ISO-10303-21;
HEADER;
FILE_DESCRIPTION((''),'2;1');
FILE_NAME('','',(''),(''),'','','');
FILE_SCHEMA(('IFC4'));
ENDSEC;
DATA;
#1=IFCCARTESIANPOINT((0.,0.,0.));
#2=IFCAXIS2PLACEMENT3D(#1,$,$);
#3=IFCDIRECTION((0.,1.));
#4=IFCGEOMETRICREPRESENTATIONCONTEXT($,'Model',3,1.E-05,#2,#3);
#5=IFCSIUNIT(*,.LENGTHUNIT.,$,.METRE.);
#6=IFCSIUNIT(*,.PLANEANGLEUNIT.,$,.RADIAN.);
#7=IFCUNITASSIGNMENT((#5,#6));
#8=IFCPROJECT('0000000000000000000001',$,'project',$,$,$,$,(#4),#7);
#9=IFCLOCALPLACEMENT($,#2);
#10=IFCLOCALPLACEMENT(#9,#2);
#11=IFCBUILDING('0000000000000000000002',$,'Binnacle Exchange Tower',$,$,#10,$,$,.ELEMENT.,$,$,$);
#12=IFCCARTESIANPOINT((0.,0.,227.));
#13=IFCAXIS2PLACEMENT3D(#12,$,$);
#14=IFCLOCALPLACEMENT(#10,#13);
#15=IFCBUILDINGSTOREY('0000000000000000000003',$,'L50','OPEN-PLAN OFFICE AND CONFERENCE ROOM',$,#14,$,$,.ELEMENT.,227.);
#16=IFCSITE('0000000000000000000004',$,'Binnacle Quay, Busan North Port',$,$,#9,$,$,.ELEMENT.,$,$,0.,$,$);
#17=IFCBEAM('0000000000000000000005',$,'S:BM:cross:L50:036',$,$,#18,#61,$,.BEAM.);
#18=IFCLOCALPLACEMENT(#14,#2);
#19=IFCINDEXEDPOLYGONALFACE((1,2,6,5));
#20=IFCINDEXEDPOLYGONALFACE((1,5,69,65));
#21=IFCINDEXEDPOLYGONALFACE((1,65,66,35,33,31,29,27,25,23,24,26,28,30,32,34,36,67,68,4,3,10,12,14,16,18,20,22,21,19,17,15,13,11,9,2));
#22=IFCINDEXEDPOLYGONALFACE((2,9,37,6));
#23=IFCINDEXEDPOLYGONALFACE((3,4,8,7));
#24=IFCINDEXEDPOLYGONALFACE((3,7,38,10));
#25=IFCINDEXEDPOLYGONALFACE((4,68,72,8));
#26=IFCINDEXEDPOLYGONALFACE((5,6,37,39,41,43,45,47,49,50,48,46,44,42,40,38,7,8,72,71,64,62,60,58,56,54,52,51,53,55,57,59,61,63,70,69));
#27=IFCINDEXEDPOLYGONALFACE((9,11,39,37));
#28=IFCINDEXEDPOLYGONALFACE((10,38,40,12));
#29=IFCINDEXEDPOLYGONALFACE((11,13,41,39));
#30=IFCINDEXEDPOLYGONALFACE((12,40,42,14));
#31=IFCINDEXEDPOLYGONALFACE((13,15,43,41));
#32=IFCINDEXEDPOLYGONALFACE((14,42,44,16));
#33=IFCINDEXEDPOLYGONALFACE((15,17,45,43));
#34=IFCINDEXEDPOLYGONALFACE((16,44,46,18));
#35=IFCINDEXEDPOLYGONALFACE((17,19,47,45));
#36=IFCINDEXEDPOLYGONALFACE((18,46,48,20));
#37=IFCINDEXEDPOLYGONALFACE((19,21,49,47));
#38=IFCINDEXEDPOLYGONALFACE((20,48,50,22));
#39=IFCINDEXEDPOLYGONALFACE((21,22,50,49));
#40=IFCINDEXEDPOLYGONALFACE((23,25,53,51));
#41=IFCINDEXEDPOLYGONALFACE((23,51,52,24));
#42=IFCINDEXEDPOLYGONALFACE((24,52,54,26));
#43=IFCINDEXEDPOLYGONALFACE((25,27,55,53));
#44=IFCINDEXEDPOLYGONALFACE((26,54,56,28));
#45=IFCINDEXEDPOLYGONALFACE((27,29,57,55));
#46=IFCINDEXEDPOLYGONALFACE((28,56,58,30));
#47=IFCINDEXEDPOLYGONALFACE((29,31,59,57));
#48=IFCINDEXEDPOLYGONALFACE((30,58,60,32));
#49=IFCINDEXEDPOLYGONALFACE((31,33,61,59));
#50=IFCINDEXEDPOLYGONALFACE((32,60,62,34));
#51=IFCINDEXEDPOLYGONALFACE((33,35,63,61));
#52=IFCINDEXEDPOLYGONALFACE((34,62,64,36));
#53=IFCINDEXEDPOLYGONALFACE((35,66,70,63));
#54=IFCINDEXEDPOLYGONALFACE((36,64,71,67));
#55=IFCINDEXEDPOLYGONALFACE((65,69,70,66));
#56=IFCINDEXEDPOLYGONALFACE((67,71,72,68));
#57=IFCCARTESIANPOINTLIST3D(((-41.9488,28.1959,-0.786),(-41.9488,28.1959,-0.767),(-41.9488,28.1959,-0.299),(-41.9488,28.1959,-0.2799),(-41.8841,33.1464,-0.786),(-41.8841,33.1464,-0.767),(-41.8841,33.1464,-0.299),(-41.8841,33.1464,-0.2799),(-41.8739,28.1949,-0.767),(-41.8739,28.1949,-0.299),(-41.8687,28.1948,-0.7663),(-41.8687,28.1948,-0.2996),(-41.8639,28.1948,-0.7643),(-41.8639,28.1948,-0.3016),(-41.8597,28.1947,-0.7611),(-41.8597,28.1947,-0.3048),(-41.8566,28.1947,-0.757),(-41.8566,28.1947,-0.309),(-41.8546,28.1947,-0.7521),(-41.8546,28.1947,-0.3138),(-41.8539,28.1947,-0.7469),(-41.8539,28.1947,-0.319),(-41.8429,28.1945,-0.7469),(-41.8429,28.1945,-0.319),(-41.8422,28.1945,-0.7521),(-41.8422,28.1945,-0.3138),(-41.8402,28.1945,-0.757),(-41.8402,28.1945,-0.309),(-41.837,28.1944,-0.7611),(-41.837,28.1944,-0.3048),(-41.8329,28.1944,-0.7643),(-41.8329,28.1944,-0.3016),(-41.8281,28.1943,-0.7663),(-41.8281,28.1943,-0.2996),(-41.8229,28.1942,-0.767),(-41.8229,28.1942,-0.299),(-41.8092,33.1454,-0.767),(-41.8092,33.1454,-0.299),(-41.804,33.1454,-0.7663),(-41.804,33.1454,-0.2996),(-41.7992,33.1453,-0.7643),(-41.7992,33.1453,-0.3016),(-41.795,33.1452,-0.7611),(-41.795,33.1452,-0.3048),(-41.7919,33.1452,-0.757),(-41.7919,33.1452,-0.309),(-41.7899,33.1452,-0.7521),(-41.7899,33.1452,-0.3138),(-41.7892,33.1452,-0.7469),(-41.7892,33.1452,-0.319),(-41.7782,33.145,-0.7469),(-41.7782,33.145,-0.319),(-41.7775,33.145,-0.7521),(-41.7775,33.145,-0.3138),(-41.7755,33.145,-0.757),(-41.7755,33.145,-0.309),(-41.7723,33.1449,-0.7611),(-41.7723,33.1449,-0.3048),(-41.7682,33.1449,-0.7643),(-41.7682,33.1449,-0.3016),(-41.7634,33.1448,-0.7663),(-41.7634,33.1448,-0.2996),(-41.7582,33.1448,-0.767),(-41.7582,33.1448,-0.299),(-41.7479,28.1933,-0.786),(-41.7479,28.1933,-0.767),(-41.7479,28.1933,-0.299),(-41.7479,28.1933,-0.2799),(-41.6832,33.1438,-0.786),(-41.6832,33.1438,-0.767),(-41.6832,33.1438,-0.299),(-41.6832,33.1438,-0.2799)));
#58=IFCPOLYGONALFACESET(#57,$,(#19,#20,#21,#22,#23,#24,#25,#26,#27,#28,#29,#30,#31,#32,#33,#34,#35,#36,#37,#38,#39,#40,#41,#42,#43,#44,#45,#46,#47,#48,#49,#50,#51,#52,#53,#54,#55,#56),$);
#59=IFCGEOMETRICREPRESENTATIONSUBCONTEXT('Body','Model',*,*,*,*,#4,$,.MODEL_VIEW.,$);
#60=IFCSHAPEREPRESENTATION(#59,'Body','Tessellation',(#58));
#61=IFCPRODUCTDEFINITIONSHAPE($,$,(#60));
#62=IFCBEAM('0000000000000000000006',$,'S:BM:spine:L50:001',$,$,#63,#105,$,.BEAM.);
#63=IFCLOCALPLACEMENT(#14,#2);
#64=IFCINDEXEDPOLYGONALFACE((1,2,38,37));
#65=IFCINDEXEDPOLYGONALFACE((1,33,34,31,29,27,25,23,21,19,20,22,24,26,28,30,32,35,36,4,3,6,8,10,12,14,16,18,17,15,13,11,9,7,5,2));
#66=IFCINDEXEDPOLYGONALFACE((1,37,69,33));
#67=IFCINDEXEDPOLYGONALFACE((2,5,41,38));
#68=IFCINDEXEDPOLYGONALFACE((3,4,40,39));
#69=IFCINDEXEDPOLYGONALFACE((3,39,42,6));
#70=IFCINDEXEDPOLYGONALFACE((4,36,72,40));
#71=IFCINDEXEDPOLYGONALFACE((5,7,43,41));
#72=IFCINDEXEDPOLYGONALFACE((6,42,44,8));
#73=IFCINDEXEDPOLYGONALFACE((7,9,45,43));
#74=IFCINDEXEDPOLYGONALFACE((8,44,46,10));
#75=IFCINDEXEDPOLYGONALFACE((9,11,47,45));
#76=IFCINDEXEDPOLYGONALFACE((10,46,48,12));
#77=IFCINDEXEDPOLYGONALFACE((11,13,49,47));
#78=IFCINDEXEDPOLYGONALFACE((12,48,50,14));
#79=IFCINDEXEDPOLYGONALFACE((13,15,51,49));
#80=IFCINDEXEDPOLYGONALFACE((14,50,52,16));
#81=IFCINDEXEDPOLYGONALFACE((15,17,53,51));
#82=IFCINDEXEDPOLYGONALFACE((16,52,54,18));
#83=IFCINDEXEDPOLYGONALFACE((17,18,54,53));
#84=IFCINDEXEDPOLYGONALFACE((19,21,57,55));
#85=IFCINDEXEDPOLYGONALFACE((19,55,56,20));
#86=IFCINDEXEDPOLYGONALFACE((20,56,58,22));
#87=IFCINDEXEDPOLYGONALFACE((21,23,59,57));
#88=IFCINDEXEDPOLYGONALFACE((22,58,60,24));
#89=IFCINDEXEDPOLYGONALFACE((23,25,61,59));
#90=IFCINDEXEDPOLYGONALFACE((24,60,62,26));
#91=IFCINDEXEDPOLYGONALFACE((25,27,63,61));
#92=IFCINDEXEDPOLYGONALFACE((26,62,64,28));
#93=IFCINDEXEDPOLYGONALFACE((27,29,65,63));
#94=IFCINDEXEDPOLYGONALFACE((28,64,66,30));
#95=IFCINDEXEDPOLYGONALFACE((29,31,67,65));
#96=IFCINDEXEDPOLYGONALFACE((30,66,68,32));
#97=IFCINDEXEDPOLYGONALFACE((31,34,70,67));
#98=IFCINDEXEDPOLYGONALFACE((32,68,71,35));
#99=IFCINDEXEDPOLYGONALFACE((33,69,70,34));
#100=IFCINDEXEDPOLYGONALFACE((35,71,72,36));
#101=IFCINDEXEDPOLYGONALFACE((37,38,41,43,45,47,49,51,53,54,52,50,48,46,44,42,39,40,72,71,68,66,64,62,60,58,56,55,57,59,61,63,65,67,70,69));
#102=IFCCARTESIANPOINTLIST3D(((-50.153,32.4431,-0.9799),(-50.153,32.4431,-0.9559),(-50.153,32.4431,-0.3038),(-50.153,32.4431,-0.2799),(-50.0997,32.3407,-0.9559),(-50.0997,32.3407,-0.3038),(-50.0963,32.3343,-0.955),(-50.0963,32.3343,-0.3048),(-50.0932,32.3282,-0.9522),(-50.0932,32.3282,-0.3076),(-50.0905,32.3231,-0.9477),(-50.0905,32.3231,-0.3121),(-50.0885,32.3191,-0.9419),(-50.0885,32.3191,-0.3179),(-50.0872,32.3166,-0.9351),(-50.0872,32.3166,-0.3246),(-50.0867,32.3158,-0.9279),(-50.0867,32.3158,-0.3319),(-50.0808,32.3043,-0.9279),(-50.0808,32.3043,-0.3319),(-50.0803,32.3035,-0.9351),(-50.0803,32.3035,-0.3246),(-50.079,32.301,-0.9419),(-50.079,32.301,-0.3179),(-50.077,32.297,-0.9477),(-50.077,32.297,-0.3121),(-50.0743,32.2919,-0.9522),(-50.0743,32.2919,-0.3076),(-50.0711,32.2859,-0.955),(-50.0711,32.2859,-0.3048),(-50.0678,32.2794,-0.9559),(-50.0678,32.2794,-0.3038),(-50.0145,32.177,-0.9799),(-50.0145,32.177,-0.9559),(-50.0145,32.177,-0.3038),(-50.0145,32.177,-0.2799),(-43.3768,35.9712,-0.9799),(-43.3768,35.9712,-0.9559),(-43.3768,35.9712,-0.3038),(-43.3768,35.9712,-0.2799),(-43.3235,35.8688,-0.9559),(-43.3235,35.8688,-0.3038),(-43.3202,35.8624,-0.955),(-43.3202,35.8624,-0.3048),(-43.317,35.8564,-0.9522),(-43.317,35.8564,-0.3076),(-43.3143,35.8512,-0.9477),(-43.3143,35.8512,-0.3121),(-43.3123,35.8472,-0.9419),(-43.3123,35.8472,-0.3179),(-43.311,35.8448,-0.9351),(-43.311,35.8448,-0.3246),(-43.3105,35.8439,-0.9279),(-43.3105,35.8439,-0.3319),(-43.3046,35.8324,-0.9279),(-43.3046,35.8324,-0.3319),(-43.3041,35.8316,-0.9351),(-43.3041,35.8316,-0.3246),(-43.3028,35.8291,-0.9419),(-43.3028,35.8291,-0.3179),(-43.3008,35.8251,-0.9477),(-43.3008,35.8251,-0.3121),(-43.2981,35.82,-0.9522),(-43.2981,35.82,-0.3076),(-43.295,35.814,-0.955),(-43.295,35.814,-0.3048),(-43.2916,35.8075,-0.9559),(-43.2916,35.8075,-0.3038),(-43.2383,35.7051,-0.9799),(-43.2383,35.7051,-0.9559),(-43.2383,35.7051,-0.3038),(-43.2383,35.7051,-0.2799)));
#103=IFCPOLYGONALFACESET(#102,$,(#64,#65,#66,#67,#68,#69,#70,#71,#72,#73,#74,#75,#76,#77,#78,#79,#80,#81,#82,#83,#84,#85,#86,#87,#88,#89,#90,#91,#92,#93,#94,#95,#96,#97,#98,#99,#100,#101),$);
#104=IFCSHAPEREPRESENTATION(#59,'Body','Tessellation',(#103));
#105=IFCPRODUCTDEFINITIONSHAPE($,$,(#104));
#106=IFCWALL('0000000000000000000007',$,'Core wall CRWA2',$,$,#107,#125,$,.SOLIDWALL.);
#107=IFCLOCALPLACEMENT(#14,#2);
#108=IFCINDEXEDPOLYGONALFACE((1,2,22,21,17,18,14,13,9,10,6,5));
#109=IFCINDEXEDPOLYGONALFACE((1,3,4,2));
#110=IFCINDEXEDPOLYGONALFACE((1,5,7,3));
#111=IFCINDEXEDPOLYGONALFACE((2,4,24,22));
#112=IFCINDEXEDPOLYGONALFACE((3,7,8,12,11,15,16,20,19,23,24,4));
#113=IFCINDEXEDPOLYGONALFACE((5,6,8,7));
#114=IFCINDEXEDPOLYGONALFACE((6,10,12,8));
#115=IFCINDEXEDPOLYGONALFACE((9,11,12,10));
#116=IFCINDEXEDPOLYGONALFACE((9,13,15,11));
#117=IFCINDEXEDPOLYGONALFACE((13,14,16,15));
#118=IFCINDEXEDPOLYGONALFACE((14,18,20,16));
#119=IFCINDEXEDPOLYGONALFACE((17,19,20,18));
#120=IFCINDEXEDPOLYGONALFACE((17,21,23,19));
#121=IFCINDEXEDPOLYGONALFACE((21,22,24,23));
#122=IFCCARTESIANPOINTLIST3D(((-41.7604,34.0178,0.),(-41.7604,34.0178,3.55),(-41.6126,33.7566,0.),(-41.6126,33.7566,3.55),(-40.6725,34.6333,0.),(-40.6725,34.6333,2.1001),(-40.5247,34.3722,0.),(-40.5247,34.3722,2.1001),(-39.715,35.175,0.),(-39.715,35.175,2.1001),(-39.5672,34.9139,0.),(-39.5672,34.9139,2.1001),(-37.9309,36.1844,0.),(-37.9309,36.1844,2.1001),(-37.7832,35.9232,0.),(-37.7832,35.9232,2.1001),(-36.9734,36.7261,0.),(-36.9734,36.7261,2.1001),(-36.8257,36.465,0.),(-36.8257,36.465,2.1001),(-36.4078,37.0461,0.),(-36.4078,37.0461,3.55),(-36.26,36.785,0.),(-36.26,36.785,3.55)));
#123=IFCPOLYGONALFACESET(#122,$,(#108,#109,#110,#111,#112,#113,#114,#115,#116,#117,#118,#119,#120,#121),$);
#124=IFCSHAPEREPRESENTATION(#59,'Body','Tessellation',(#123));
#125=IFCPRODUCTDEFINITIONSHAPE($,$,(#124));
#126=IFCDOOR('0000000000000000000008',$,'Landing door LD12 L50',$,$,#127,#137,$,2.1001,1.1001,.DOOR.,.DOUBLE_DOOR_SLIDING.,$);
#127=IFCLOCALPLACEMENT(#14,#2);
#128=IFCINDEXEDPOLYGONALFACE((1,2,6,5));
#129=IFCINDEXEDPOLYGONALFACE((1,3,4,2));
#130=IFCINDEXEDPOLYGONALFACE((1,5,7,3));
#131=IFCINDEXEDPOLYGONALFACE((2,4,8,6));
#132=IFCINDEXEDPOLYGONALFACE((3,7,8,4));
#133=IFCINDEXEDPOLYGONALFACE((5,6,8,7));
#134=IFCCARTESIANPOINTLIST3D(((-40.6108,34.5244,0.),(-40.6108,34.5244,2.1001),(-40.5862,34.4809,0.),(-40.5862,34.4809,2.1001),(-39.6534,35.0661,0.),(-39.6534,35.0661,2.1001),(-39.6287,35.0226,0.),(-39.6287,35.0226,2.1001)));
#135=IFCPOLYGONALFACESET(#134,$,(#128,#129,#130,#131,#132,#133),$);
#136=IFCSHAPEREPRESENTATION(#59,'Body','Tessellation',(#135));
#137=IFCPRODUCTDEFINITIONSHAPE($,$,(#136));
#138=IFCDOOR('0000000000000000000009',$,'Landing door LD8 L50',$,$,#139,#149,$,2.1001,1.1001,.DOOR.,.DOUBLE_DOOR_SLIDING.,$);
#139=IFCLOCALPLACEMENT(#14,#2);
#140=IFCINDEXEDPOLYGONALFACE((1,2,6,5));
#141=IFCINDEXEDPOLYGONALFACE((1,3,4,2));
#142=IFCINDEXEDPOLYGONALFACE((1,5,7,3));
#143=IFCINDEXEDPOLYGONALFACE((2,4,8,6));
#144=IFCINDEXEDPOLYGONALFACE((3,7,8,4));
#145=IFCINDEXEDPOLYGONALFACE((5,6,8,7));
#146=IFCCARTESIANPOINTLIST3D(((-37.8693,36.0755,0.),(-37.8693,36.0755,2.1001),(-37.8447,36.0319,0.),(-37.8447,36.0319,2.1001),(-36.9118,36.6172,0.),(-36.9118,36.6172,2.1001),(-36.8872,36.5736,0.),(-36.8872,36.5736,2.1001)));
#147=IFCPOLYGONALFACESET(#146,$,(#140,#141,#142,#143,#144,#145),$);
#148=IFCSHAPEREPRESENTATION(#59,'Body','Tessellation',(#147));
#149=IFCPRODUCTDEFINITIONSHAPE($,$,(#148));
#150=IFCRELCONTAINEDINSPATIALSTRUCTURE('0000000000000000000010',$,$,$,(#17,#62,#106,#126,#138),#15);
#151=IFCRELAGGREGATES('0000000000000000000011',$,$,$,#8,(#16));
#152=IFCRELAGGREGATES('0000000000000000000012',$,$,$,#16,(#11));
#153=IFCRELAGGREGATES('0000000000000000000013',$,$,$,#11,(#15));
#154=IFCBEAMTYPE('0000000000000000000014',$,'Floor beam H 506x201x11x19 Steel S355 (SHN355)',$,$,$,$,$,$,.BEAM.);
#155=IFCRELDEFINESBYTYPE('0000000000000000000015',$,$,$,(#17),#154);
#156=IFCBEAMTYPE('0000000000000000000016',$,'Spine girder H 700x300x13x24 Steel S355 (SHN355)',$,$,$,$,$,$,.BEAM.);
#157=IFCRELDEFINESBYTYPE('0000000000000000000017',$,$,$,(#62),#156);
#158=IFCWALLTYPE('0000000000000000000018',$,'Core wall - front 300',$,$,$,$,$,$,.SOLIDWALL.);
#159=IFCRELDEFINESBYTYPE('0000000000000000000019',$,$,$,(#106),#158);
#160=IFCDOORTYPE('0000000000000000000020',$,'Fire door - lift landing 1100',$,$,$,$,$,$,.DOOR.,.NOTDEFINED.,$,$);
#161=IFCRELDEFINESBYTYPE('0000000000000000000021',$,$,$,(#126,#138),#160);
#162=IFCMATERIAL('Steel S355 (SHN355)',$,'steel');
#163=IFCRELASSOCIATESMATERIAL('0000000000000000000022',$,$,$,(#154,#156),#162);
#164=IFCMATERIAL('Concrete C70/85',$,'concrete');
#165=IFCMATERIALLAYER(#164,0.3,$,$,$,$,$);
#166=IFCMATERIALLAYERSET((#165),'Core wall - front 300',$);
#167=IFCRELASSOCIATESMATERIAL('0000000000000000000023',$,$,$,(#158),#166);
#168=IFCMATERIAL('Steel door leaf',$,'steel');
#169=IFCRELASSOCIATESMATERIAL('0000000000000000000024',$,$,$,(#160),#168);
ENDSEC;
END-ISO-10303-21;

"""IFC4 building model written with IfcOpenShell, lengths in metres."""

from ifc_helpers import new_model, si_unit, direction, frame, frame_2d, origin, origin_2d, place, context, subcontext, project, spatial, rectangle, i_section, extrude, material, layer, layer_set, material_profile, profile_set, type_object, element, fill, save


model = new_model("IFC4")

# Units and contexts
model_context = context("Model", 3, precision=1e-05, world=origin(), true_north=direction((0.0, 1.0)))
body_context = subcontext(model_context, "Body", "Model", "MODEL_VIEW")
ifc_project = project(units=[si_unit("LENGTHUNIT", "METRE"), si_unit("PLANEANGLEUNIT", "RADIAN")], contexts=[model_context])

# Site, building, storey
site_placement = place(None, origin())
site = spatial("IfcSite", under=ifc_project, at=site_placement, Name="Binnacle Quay, Busan North Port", CompositionType="ELEMENT", RefElevation=0.0)
building_placement = place(site_placement, origin())
building = spatial("IfcBuilding", under=site, at=building_placement, Name="Binnacle Exchange Tower", CompositionType="ELEMENT")
storey_placement = place(building_placement, frame((0.0, 0.0, 227.0)))
storey = spatial("IfcBuildingStorey", under=building, at=storey_placement, Name="L50", Description="OPEN-PLAN OFFICE AND CONFERENCE ROOM", CompositionType="ELEMENT", Elevation=227.0)

# Beams
ifc_material_1 = material(Name="Steel S355 (SHN355)", Category="steel")
ifc_material_profile_1 = material_profile(ifc_material_1, i_section(OverallWidth=0.2009, OverallDepth=0.5061, WebThickness=0.011, FlangeThickness=0.019, FilletRadius=0.02, at=origin_2d()), Name="H 506x201x11x19")
ifc_profile_set_1 = profile_set([ifc_material_profile_1], Name="Steel S355 (SHN355)")
beam_type_1 = type_object("IfcBeamType", Name="Floor beam H 506x201x11x19 Steel S355 (SHN355)", PredefinedType="BEAM", material=ifc_profile_set_1)
beam_1_placement = place(storey_placement, frame((-41.8484, 28.1946, -0.533), z_axis=(0.013068, 0.999915, 0.0), x_axis=(-0.999915, 0.013068, 0.0)))
element("IfcBeam", 1, at=beam_1_placement, inside=storey, type_object=beam_type_1, Name="S:BM:cross:L50:036", PredefinedType="BEAM", context=body_context, shape_type="SweptSolid", body=[
    extrude(i_section(OverallWidth=0.2009, OverallDepth=0.5061, WebThickness=0.011, FlangeThickness=0.019, FilletRadius=0.02, at=origin_2d()), origin(), (0.0, 0.0, 1.0), 4.9509),
])
ifc_material_profile_2 = material_profile(ifc_material_1, i_section(OverallWidth=0.3, OverallDepth=0.7, WebThickness=0.0129, FlangeThickness=0.0239, FilletRadius=0.0281, at=origin_2d()), Name="H 700x300x13x24")
ifc_profile_set_2 = profile_set([ifc_material_profile_2], Name="Steel S355 (SHN355)")
beam_type_2 = type_object("IfcBeamType", Name="Spine girder H 700x300x13x24 Steel S355 (SHN355)", PredefinedType="BEAM", material=ifc_profile_set_2)
beam_2_placement = place(storey_placement, frame((-50.0837, 32.3101, -0.6299), z_axis=(0.886976, 0.461816, 0.0), x_axis=(-0.461816, 0.886976, 0.0)))
element("IfcBeam", 2, at=beam_2_placement, inside=storey, type_object=beam_type_2, Name="S:BM:spine:L50:001", PredefinedType="BEAM", context=body_context, shape_type="SweptSolid", body=[
    extrude(i_section(OverallWidth=0.3, OverallDepth=0.7, WebThickness=0.0129, FlangeThickness=0.0239, FilletRadius=0.0281, at=origin_2d()), origin(), (0.0, 0.0, 1.0), 7.6396),
])

# Wall, openings, doors
ifc_material_2 = material(Name="Concrete C70/85", Category="concrete")
ifc_layer_1 = layer(ifc_material_2, 0.3)
ifc_layer_set_1 = layer_set([ifc_layer_1], Name="Core wall - front 300")
wall_type_1 = type_object("IfcWallType", Name="Core wall - front 300", PredefinedType="SOLIDWALL", material=ifc_layer_set_1)
wall_1_placement = place(storey_placement, frame((-41.6865, 33.8872, 0.0), z_axis=(0.0, 0.0, 1.0), x_axis=(0.870356, 0.492423, 0.0)))
wall_1 = element("IfcWall", 3, at=wall_1_placement, inside=storey, type_object=wall_type_1, Name="Core wall CRWA2", PredefinedType="SOLIDWALL", context=body_context, shape_type="SweptSolid", body=[
    extrude(rectangle(XDim=6.1499, YDim=0.3, at=frame_2d((3.075, 0.0))), origin(), (0.0, 0.0, 1.0), 3.55),
])
opening_1_placement = place(wall_1_placement, frame((1.25, 0.0, 0.0)))
opening_1 = element("IfcOpeningElement", 4, at=opening_1_placement, cuts=wall_1, PredefinedType="OPENING", context=body_context, shape_type="SweptSolid", body=[
    extrude(rectangle(XDim=1.1001, YDim=2.1001, at=frame_2d((0.55, 1.05))), frame((0.0, 0.1599, 0.0), z_axis=(0.0, -1.0, 0.0), x_axis=(1.0, 0.0, 0.0)), (0.0, 0.0, 1.0), 0.3201),
])
opening_2_placement = place(wall_1_placement, frame((4.3999, 0.0, 0.0)))
opening_2 = element("IfcOpeningElement", 5, at=opening_2_placement, cuts=wall_1, PredefinedType="OPENING", context=body_context, shape_type="SweptSolid", body=[
    extrude(rectangle(XDim=1.1001, YDim=2.1001, at=frame_2d((0.55, 1.05))), frame((0.0, 0.1599, 0.0), z_axis=(0.0, -1.0, 0.0), x_axis=(1.0, 0.0, 0.0)), (0.0, 0.0, 1.0), 0.3201),
])
ifc_material_3 = material(Name="Steel door leaf", Category="steel")
door_type_1 = type_object("IfcDoorType", Name="Fire door - lift landing 1100", OperationType="NOTDEFINED", PredefinedType="DOOR", material=ifc_material_3)
door_1_placement = place(opening_1_placement, origin())
door_1 = element("IfcDoor", 6, at=door_1_placement, inside=storey, type_object=door_type_1, Name="Landing door LD12 L50", OperationType="DOUBLE_DOOR_SLIDING", OverallHeight=2.1001, OverallWidth=1.1001, PredefinedType="DOOR", context=body_context, shape_type="SweptSolid", body=[
    extrude(rectangle(XDim=1.1001, YDim=2.1001, at=frame_2d((0.55, 1.05))), frame((0.0, 0.0249, 0.0), z_axis=(0.0, -1.0, 0.0), x_axis=(1.0, 0.0, 0.0)), (0.0, 0.0, 1.0), 0.05),
])
fill(opening_1, door_1)
door_2_placement = place(opening_2_placement, origin())
door_2 = element("IfcDoor", 7, at=door_2_placement, inside=storey, type_object=door_type_1, Name="Landing door LD8 L50", OperationType="DOUBLE_DOOR_SLIDING", OverallHeight=2.1001, OverallWidth=1.1001, PredefinedType="DOOR", context=body_context, shape_type="SweptSolid", body=[
    extrude(rectangle(XDim=1.1001, YDim=2.1001, at=frame_2d((0.55, 1.05))), frame((0.0, 0.0249, 0.0), z_axis=(0.0, -1.0, 0.0), x_axis=(1.0, 0.0, 0.0)), (0.0, 0.0, 1.0), 0.05),
])
fill(opening_2, door_2)

save(model, "model.ifc")
